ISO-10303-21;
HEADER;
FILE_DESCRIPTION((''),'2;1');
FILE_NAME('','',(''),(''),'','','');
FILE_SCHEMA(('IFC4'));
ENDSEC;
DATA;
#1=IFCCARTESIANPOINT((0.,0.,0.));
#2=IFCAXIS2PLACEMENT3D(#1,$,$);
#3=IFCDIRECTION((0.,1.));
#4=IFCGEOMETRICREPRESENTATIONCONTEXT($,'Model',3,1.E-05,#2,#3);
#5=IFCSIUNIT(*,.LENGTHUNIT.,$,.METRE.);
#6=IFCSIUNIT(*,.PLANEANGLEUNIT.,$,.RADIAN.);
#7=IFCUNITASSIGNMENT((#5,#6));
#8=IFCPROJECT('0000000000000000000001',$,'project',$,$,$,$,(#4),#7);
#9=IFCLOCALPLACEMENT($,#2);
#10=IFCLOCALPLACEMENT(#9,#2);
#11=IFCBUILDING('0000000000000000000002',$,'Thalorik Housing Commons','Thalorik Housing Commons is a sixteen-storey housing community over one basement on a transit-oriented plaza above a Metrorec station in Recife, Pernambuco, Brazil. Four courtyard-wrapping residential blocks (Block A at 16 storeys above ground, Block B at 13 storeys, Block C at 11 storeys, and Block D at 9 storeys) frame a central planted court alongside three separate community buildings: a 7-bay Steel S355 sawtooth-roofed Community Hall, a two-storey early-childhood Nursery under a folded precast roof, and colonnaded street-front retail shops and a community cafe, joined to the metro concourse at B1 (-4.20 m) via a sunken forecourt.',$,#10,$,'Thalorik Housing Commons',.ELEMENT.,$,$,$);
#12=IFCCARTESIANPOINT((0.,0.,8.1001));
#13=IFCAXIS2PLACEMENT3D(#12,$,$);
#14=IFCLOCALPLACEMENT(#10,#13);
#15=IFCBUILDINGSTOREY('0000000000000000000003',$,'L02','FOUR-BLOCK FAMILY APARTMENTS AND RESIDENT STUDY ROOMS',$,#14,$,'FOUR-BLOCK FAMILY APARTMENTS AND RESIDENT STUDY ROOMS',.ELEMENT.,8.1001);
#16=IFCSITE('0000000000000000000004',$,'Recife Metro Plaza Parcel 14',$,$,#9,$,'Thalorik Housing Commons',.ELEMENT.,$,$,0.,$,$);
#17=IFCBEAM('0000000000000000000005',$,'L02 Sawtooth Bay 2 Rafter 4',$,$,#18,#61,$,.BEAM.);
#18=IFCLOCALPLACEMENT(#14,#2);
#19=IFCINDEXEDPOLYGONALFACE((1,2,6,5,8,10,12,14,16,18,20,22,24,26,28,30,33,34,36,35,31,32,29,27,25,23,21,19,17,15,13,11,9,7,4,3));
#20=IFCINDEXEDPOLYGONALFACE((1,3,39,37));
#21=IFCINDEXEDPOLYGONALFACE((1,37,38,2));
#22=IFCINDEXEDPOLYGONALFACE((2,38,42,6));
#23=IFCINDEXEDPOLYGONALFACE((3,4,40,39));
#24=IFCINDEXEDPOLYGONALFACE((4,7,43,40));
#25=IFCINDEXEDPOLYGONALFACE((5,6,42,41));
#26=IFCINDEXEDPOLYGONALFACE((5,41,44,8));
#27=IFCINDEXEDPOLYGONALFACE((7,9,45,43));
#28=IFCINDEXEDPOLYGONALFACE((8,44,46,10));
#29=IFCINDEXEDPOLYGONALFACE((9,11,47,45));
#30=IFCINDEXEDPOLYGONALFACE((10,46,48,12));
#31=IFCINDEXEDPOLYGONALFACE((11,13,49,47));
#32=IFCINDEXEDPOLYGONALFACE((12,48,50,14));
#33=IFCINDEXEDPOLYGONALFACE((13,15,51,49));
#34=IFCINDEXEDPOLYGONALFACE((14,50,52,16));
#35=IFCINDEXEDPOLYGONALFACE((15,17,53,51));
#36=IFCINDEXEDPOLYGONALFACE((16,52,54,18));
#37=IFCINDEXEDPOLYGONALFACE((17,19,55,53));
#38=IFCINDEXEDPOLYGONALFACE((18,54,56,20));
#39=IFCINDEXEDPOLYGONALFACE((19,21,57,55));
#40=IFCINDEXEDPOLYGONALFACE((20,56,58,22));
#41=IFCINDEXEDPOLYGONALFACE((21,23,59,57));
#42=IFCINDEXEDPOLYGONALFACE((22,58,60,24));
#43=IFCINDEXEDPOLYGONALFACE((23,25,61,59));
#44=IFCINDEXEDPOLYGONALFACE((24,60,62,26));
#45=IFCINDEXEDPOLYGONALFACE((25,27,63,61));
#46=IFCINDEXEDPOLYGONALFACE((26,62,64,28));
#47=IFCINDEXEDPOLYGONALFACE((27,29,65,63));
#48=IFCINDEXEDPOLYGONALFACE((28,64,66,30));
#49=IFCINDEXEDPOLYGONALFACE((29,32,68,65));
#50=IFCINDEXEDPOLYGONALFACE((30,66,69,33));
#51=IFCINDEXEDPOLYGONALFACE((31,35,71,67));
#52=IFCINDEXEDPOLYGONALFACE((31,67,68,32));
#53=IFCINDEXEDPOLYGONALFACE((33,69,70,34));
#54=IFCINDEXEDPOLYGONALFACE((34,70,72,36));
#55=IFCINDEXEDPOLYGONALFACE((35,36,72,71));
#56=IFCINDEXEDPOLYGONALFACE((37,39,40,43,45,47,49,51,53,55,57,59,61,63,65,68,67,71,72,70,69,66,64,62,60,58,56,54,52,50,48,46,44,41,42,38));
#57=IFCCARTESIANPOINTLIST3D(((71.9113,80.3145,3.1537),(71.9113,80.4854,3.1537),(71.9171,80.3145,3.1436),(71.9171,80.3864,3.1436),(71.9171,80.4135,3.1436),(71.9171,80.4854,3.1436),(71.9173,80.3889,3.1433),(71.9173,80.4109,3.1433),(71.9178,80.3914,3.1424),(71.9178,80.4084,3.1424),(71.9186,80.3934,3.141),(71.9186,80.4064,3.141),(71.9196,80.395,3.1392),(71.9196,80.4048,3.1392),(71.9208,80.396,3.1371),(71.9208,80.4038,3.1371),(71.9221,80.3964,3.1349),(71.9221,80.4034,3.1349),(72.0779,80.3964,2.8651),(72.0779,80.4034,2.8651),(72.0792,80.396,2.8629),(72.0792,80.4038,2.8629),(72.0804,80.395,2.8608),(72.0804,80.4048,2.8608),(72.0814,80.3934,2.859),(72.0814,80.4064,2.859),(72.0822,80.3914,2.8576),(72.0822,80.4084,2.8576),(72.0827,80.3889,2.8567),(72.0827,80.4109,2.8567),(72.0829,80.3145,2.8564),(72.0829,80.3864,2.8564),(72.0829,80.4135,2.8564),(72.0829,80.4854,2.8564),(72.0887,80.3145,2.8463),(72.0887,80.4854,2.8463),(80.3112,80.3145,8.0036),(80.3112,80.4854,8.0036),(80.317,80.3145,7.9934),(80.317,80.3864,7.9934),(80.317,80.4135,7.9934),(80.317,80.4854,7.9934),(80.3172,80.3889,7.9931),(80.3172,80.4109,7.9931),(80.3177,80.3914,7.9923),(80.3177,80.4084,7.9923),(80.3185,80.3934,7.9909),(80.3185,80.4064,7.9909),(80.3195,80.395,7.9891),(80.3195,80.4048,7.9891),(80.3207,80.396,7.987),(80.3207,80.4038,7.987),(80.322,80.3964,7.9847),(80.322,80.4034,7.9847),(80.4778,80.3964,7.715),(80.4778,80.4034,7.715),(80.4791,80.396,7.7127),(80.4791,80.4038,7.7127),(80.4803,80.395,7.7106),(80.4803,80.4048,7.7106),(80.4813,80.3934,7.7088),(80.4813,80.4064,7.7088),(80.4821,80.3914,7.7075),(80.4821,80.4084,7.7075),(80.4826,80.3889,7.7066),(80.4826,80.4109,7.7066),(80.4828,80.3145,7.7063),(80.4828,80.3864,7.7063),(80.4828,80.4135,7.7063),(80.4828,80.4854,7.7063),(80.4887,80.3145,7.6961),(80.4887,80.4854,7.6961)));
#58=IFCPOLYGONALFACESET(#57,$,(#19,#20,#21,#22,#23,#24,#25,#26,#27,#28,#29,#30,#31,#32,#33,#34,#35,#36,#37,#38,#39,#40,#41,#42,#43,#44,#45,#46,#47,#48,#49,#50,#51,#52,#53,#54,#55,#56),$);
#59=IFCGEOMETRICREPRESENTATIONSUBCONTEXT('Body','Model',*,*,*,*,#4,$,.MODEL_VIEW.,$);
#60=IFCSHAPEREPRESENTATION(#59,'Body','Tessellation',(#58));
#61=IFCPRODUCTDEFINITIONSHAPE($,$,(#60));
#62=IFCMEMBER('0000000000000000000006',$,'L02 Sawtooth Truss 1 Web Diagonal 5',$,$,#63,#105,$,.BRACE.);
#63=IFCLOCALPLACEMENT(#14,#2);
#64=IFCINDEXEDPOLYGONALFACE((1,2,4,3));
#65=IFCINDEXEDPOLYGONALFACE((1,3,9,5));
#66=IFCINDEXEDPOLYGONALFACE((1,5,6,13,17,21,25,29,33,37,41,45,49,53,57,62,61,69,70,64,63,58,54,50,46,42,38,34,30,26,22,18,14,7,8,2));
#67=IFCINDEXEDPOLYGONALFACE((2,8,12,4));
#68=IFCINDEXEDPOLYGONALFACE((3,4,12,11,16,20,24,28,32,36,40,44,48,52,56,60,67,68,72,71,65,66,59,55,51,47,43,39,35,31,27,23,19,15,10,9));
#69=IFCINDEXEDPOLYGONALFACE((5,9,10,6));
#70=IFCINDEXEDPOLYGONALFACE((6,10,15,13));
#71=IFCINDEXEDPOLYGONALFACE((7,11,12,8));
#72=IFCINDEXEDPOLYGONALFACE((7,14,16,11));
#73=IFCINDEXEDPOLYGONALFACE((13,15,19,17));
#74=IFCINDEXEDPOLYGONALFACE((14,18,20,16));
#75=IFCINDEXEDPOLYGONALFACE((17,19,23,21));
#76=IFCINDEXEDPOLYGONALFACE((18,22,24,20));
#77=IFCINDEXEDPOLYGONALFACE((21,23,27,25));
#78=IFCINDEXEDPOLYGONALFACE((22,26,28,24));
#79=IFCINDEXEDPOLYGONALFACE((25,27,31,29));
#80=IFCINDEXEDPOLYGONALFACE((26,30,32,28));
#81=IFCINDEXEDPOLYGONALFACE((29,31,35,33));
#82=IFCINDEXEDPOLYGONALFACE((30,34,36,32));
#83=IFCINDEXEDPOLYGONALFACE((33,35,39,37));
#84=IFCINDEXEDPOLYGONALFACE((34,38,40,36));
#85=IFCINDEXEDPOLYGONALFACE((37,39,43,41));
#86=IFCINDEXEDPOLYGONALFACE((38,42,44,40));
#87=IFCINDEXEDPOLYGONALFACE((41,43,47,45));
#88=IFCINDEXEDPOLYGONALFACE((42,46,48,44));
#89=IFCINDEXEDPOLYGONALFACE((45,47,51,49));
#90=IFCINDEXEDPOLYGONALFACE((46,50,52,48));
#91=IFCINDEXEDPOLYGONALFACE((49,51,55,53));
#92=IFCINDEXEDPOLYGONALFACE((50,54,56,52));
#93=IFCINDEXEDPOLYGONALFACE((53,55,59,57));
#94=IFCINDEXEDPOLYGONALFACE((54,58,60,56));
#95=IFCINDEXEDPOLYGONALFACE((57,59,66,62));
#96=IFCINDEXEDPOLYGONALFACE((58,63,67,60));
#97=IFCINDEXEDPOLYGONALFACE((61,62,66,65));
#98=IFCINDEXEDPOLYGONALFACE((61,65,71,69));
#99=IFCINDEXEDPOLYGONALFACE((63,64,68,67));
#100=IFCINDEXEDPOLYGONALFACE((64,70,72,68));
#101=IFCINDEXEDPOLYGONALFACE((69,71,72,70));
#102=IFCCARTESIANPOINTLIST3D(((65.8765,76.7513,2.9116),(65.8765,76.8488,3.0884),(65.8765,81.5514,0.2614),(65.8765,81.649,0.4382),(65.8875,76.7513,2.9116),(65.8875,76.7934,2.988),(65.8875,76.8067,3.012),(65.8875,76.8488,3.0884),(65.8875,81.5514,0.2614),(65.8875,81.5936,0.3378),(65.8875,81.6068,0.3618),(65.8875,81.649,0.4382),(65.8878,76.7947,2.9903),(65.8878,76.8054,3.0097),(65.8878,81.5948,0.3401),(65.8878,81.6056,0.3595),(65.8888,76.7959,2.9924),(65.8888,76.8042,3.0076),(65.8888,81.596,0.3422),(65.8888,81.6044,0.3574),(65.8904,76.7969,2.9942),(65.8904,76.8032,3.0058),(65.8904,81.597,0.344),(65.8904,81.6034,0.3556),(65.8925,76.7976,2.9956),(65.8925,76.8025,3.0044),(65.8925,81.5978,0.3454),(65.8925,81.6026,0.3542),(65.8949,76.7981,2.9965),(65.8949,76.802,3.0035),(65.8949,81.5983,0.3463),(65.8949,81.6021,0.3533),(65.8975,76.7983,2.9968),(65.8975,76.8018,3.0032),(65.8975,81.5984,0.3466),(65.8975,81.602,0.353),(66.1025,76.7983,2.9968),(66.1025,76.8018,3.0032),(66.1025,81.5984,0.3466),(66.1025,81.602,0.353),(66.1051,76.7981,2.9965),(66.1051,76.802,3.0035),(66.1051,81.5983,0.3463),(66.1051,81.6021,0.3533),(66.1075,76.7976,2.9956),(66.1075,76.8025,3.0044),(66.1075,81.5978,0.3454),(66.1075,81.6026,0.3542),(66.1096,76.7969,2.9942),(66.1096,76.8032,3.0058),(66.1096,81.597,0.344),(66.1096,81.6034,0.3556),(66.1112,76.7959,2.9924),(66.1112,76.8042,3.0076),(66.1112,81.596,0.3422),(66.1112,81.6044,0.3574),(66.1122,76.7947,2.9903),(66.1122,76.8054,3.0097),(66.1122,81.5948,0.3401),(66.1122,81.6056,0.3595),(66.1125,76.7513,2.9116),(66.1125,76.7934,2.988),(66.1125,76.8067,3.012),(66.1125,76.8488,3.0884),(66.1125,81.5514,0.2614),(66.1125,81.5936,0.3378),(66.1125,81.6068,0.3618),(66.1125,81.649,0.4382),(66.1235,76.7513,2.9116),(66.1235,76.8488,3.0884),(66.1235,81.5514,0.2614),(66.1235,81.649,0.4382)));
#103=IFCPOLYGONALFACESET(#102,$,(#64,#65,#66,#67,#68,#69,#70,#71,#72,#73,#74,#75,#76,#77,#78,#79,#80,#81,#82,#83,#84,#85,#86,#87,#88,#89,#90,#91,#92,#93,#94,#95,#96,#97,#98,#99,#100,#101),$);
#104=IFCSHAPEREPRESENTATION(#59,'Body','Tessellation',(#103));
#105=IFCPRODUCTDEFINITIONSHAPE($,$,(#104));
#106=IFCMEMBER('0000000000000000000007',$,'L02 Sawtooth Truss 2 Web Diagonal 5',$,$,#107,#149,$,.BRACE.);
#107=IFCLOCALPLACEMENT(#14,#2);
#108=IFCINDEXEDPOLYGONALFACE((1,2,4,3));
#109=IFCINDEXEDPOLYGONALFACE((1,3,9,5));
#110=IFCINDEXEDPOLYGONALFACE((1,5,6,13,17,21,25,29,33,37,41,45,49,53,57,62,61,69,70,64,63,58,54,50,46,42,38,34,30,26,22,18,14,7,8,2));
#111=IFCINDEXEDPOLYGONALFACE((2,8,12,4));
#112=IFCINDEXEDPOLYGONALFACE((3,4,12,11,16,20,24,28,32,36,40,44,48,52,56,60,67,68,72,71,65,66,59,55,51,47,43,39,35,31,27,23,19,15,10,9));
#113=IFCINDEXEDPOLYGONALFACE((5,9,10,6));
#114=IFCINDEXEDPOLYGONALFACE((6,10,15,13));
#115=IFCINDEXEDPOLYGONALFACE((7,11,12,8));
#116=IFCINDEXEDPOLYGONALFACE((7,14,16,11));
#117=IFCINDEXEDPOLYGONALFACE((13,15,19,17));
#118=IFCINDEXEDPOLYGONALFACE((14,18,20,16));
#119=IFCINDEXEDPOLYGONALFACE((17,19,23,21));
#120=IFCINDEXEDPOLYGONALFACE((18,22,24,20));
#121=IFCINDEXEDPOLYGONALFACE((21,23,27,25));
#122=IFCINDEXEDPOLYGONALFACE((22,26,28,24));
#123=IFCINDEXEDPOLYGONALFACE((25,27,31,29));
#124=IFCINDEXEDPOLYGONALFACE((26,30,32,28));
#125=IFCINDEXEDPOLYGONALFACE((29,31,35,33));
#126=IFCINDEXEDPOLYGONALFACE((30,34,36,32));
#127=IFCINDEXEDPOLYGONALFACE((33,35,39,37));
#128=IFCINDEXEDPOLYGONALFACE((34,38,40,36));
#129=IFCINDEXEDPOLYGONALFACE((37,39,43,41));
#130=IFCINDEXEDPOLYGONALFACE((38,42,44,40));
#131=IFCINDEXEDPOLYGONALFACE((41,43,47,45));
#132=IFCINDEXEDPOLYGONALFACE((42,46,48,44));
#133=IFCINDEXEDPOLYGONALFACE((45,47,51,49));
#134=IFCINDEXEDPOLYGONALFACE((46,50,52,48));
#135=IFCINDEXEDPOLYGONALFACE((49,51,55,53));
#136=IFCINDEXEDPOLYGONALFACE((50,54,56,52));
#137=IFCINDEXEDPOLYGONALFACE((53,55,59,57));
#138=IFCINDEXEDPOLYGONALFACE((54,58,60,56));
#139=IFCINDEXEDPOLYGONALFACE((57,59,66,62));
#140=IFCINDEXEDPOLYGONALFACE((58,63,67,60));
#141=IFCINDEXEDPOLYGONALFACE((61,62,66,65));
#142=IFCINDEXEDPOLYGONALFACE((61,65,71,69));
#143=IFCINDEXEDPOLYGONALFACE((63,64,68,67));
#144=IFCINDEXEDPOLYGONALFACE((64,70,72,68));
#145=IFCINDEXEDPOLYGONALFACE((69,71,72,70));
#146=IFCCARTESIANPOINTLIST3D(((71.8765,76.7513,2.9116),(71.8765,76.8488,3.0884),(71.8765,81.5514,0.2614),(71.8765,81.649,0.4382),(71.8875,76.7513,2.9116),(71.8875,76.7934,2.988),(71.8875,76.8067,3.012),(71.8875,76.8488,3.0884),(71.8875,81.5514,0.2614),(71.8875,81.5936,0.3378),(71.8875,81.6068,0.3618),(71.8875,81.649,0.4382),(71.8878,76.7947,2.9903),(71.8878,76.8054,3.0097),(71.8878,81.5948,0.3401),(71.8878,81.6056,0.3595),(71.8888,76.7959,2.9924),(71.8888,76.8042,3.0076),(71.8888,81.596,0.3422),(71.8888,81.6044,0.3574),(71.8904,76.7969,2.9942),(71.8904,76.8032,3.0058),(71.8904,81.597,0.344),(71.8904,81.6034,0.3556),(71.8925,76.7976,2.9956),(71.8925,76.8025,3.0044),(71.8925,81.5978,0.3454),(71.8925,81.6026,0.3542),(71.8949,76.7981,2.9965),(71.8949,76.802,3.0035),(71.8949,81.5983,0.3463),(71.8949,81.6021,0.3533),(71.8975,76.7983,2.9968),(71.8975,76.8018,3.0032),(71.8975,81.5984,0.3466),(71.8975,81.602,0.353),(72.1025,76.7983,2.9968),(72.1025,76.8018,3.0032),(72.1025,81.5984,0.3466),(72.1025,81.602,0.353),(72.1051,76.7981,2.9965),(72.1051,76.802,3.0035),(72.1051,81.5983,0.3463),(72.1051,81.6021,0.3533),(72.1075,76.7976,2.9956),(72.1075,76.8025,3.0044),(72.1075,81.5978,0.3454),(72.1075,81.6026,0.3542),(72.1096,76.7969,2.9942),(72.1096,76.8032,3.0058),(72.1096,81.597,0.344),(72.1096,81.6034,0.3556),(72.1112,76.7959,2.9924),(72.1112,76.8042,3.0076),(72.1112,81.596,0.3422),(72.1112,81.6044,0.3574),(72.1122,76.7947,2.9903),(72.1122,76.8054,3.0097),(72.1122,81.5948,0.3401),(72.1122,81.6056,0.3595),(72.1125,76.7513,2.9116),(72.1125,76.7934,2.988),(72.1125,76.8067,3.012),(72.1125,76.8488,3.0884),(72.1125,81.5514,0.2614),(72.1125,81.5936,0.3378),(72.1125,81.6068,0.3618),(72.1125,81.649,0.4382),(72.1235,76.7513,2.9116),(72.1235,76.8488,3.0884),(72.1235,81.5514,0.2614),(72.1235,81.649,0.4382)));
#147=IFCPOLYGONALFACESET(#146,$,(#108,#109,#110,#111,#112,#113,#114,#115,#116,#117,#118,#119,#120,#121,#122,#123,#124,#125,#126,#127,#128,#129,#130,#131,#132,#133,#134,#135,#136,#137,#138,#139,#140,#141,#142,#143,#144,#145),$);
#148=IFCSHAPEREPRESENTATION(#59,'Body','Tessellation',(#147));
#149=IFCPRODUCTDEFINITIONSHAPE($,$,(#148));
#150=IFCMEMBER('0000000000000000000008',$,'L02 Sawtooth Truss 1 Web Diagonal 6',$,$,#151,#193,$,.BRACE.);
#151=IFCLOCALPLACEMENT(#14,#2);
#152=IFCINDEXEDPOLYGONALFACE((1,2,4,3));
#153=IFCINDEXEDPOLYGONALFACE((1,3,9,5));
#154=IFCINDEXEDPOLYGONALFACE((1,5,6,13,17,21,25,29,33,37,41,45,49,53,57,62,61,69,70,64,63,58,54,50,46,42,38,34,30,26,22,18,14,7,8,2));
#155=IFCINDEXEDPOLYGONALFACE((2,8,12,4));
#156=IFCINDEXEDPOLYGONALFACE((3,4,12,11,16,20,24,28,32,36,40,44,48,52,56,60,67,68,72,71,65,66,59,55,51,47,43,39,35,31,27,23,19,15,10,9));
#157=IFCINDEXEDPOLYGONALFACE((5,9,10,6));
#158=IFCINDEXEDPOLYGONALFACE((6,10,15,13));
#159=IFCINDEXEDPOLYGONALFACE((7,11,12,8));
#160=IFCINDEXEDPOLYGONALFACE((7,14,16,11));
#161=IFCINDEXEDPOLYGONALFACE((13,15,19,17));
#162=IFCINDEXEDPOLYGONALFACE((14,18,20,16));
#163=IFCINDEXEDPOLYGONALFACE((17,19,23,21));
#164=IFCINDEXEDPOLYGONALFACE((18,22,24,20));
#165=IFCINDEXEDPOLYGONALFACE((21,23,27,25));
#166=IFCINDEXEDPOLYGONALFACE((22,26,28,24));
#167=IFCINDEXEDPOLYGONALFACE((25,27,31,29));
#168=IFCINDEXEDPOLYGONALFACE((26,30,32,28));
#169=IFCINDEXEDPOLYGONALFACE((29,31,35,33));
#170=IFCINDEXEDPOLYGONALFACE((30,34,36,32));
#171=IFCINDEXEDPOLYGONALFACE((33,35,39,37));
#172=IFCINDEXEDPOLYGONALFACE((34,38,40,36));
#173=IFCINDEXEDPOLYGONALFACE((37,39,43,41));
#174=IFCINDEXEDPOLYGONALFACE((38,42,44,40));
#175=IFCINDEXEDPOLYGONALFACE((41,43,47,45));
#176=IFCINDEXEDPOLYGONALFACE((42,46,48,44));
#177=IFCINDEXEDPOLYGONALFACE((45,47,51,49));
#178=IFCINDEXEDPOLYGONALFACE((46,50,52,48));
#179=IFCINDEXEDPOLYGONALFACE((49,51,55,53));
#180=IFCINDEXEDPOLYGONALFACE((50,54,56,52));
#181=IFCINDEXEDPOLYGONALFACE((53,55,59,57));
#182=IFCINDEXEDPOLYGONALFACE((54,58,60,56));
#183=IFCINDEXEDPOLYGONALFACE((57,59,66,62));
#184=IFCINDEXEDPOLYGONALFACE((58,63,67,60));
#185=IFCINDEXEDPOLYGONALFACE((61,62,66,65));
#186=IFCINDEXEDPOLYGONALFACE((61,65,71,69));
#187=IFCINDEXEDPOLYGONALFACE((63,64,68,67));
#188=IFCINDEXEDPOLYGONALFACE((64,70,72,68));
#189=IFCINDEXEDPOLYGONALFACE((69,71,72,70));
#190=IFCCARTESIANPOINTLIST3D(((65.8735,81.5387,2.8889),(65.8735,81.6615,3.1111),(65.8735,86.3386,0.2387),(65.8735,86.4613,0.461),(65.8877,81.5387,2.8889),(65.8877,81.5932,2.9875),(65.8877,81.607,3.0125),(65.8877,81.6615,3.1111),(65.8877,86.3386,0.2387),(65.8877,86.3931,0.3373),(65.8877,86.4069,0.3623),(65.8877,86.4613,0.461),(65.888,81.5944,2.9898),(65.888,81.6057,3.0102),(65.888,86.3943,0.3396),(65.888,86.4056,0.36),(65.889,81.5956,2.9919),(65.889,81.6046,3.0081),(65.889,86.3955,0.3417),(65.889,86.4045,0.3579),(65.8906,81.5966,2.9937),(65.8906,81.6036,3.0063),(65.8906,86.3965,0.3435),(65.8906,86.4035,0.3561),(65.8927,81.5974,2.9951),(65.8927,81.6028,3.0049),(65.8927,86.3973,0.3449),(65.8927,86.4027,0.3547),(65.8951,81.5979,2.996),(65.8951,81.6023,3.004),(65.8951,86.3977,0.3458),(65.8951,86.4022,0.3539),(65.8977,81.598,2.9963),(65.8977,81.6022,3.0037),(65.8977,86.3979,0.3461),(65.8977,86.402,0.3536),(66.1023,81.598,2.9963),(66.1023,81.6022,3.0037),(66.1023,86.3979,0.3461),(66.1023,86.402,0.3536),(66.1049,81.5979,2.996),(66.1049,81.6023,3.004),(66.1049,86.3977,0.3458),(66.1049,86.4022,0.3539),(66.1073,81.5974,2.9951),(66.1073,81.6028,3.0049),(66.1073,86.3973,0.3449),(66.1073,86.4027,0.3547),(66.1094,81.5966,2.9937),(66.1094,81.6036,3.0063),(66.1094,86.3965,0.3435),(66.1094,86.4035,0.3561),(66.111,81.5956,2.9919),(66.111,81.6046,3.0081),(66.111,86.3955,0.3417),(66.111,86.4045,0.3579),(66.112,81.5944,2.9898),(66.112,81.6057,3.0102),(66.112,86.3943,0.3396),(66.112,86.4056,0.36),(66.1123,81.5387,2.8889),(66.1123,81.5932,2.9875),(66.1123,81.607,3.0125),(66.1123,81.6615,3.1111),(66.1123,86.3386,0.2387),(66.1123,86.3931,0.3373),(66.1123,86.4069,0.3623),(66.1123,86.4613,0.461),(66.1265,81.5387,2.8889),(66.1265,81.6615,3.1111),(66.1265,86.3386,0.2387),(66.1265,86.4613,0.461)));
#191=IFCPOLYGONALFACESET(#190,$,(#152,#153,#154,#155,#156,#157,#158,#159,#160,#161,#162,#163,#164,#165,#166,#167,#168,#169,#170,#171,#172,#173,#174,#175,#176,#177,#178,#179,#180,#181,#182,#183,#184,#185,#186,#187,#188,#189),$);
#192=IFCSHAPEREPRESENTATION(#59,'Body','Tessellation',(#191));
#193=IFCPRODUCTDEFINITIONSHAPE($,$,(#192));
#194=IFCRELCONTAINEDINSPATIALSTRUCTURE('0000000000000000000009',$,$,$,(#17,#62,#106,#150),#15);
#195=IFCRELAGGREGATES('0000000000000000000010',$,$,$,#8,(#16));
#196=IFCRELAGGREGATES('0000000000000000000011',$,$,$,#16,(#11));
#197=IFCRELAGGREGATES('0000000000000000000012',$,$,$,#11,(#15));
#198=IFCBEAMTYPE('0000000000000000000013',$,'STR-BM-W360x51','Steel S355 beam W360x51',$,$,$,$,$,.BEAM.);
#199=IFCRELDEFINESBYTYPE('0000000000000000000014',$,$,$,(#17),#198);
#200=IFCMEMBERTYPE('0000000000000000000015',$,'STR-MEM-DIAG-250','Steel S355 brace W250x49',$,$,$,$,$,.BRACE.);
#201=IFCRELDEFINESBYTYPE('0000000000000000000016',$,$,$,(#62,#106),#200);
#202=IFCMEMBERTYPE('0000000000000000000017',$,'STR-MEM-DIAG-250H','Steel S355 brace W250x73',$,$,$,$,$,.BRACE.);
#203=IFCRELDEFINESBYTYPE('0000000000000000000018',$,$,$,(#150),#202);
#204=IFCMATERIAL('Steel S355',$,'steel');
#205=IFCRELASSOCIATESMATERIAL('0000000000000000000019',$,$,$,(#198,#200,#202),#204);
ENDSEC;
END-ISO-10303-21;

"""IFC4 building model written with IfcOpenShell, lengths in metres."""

from ifc_helpers import new_model, si_unit, direction, frame, origin, origin_2d, place, context, subcontext, project, spatial, i_section, extrude, material, material_profile, profile_set, type_object, element, save


model = new_model("IFC4")

# Units and contexts
model_context = context("Model", 3, precision=1e-05, world=origin(), true_north=direction((0.0, 1.0)))
body_context = subcontext(model_context, "Body", "Model", "MODEL_VIEW")
ifc_project = project(units=[si_unit("LENGTHUNIT", "METRE"), si_unit("PLANEANGLEUNIT", "RADIAN")], contexts=[model_context])

# Site, building, storey
site_placement = place(None, origin())
site = spatial("IfcSite", under=ifc_project, at=site_placement, Name="Recife Metro Plaza Parcel 14", LongName="Thalorik Housing Commons", CompositionType="ELEMENT", RefElevation=0.0)
building_placement = place(site_placement, origin())
building = spatial("IfcBuilding", under=site, at=building_placement, Name="Thalorik Housing Commons", Description="Thalorik Housing Commons is a sixteen-storey housing community over one basement on a transit-oriented plaza above a Metrorec station in Recife, Pernambuco, Brazil. Four courtyard-wrapping residential blocks (Block A at 16 storeys above ground, Block B at 13 storeys, Block C at 11 storeys, and Block D at 9 storeys) frame a central planted court alongside three separate community buildings: a 7-bay Steel S355 sawtooth-roofed Community Hall, a two-storey early-childhood Nursery under a folded precast roof, and colonnaded street-front retail shops and a community cafe, joined to the metro concourse at B1 (-4.20 m) via a sunken forecourt.", LongName="Thalorik Housing Commons", CompositionType="ELEMENT")
storey_placement = place(building_placement, frame((0.0, 0.0, 8.1001)))
storey = spatial("IfcBuildingStorey", under=building, at=storey_placement, Name="L02", Description="FOUR-BLOCK FAMILY APARTMENTS AND RESIDENT STUDY ROOMS", LongName="FOUR-BLOCK FAMILY APARTMENTS AND RESIDENT STUDY ROOMS", CompositionType="ELEMENT", Elevation=8.1001)

# Shared definitions
ifc_material_1 = material(Name="Steel S355", Category="steel")

# Beam
ifc_material_profile_1 = material_profile(ifc_material_1, i_section(OverallWidth=0.1709, OverallDepth=0.355, WebThickness=0.0071, FlangeThickness=0.0117, FilletRadius=0.01, at=origin_2d()), Name="W360x51", Category="steel")
ifc_profile_set_1 = profile_set([ifc_material_profile_1], Name="Steel S355")
beam_type = type_object("IfcBeamType", Name="STR-BM-W360x51", Description="Steel S355 beam W360x51", PredefinedType="BEAM", material=ifc_profile_set_1)
beam_placement = place(storey_placement, frame((72.0, 80.3999, 3.0), z_axis=(0.866018, 0.0, 0.500013), x_axis=(0.0, 1.0, 0.0)))
element("IfcBeam", 1, at=beam_placement, inside=storey, type_object=beam_type, Name="L02 Sawtooth Bay 2 Rafter 4", PredefinedType="BEAM", context=body_context, shape_type="SweptSolid", body=[
    extrude(i_section(OverallWidth=0.1709, OverallDepth=0.355, WebThickness=0.0071, FlangeThickness=0.0117, FilletRadius=0.01, at=origin_2d()), origin(), (0.0, 0.0, 1.0), 9.6995),
])

# Members
ifc_material_profile_2 = material_profile(ifc_material_1, i_section(OverallWidth=0.2019, OverallDepth=0.2471, WebThickness=0.0073, FlangeThickness=0.011, FilletRadius=0.01, at=origin_2d()), Name="W250x49", Category="steel")
ifc_profile_set_2 = profile_set([ifc_material_profile_2], Name="Steel S355")
member_type_1 = type_object("IfcMemberType", Name="STR-MEM-DIAG-250", Description="Steel S355 brace W250x49", PredefinedType="BRACE", material=ifc_profile_set_2)
for number, where, z_axis, x_axis, name in (
    (2, (66.0, 76.8, 3.0), (0.0, 0.875435, -0.483335), (0.0, 0.483335, 0.875435), "L02 Sawtooth Truss 1 Web Diagonal 5"),
    (3, (72.0, 76.8, 3.0), (0.0, 0.875435, -0.483335), (0.0, 0.483335, 0.875435), "L02 Sawtooth Truss 2 Web Diagonal 5"),
):
    element("IfcMember", number, at=place(storey_placement, frame(where, z_axis=z_axis, x_axis=x_axis)), inside=storey, type_object=member_type_1, Name=name, PredefinedType="BRACE", context=body_context, shape_type="SweptSolid", body=[
        extrude(i_section(OverallWidth=0.2019, OverallDepth=0.2471, WebThickness=0.0073, FlangeThickness=0.011, FilletRadius=0.01, at=origin_2d()), origin(), (0.0, 0.0, 1.0), 5.4832),
    ])
ifc_material_profile_3 = material_profile(ifc_material_1, i_section(OverallWidth=0.2539, OverallDepth=0.2529, WebThickness=0.0085, FlangeThickness=0.0142, FilletRadius=0.01, at=origin_2d()), Name="W250x73", Category="steel")
ifc_profile_set_3 = profile_set([ifc_material_profile_3], Name="Steel S355")
member_type_2 = type_object("IfcMemberType", Name="STR-MEM-DIAG-250H", Description="Steel S355 brace W250x73", PredefinedType="BRACE", material=ifc_profile_set_3)
for number, where, z_axis, x_axis, name in (
    (4, (66.0, 81.6001, 3.0), (0.0, 0.875425, -0.483354), (0.0, 0.483354, 0.875425), "L02 Sawtooth Truss 1 Web Diagonal 6"),
):
    element("IfcMember", number, at=place(storey_placement, frame(where, z_axis=z_axis, x_axis=x_axis)), inside=storey, type_object=member_type_2, Name=name, PredefinedType="BRACE", context=body_context, shape_type="SweptSolid", body=[
        extrude(i_section(OverallWidth=0.2539, OverallDepth=0.2529, WebThickness=0.0085, FlangeThickness=0.0142, FilletRadius=0.01, at=origin_2d()), origin(), (0.0, 0.0, 1.0), 5.4829),
    ])

save(model, "model.ifc")
